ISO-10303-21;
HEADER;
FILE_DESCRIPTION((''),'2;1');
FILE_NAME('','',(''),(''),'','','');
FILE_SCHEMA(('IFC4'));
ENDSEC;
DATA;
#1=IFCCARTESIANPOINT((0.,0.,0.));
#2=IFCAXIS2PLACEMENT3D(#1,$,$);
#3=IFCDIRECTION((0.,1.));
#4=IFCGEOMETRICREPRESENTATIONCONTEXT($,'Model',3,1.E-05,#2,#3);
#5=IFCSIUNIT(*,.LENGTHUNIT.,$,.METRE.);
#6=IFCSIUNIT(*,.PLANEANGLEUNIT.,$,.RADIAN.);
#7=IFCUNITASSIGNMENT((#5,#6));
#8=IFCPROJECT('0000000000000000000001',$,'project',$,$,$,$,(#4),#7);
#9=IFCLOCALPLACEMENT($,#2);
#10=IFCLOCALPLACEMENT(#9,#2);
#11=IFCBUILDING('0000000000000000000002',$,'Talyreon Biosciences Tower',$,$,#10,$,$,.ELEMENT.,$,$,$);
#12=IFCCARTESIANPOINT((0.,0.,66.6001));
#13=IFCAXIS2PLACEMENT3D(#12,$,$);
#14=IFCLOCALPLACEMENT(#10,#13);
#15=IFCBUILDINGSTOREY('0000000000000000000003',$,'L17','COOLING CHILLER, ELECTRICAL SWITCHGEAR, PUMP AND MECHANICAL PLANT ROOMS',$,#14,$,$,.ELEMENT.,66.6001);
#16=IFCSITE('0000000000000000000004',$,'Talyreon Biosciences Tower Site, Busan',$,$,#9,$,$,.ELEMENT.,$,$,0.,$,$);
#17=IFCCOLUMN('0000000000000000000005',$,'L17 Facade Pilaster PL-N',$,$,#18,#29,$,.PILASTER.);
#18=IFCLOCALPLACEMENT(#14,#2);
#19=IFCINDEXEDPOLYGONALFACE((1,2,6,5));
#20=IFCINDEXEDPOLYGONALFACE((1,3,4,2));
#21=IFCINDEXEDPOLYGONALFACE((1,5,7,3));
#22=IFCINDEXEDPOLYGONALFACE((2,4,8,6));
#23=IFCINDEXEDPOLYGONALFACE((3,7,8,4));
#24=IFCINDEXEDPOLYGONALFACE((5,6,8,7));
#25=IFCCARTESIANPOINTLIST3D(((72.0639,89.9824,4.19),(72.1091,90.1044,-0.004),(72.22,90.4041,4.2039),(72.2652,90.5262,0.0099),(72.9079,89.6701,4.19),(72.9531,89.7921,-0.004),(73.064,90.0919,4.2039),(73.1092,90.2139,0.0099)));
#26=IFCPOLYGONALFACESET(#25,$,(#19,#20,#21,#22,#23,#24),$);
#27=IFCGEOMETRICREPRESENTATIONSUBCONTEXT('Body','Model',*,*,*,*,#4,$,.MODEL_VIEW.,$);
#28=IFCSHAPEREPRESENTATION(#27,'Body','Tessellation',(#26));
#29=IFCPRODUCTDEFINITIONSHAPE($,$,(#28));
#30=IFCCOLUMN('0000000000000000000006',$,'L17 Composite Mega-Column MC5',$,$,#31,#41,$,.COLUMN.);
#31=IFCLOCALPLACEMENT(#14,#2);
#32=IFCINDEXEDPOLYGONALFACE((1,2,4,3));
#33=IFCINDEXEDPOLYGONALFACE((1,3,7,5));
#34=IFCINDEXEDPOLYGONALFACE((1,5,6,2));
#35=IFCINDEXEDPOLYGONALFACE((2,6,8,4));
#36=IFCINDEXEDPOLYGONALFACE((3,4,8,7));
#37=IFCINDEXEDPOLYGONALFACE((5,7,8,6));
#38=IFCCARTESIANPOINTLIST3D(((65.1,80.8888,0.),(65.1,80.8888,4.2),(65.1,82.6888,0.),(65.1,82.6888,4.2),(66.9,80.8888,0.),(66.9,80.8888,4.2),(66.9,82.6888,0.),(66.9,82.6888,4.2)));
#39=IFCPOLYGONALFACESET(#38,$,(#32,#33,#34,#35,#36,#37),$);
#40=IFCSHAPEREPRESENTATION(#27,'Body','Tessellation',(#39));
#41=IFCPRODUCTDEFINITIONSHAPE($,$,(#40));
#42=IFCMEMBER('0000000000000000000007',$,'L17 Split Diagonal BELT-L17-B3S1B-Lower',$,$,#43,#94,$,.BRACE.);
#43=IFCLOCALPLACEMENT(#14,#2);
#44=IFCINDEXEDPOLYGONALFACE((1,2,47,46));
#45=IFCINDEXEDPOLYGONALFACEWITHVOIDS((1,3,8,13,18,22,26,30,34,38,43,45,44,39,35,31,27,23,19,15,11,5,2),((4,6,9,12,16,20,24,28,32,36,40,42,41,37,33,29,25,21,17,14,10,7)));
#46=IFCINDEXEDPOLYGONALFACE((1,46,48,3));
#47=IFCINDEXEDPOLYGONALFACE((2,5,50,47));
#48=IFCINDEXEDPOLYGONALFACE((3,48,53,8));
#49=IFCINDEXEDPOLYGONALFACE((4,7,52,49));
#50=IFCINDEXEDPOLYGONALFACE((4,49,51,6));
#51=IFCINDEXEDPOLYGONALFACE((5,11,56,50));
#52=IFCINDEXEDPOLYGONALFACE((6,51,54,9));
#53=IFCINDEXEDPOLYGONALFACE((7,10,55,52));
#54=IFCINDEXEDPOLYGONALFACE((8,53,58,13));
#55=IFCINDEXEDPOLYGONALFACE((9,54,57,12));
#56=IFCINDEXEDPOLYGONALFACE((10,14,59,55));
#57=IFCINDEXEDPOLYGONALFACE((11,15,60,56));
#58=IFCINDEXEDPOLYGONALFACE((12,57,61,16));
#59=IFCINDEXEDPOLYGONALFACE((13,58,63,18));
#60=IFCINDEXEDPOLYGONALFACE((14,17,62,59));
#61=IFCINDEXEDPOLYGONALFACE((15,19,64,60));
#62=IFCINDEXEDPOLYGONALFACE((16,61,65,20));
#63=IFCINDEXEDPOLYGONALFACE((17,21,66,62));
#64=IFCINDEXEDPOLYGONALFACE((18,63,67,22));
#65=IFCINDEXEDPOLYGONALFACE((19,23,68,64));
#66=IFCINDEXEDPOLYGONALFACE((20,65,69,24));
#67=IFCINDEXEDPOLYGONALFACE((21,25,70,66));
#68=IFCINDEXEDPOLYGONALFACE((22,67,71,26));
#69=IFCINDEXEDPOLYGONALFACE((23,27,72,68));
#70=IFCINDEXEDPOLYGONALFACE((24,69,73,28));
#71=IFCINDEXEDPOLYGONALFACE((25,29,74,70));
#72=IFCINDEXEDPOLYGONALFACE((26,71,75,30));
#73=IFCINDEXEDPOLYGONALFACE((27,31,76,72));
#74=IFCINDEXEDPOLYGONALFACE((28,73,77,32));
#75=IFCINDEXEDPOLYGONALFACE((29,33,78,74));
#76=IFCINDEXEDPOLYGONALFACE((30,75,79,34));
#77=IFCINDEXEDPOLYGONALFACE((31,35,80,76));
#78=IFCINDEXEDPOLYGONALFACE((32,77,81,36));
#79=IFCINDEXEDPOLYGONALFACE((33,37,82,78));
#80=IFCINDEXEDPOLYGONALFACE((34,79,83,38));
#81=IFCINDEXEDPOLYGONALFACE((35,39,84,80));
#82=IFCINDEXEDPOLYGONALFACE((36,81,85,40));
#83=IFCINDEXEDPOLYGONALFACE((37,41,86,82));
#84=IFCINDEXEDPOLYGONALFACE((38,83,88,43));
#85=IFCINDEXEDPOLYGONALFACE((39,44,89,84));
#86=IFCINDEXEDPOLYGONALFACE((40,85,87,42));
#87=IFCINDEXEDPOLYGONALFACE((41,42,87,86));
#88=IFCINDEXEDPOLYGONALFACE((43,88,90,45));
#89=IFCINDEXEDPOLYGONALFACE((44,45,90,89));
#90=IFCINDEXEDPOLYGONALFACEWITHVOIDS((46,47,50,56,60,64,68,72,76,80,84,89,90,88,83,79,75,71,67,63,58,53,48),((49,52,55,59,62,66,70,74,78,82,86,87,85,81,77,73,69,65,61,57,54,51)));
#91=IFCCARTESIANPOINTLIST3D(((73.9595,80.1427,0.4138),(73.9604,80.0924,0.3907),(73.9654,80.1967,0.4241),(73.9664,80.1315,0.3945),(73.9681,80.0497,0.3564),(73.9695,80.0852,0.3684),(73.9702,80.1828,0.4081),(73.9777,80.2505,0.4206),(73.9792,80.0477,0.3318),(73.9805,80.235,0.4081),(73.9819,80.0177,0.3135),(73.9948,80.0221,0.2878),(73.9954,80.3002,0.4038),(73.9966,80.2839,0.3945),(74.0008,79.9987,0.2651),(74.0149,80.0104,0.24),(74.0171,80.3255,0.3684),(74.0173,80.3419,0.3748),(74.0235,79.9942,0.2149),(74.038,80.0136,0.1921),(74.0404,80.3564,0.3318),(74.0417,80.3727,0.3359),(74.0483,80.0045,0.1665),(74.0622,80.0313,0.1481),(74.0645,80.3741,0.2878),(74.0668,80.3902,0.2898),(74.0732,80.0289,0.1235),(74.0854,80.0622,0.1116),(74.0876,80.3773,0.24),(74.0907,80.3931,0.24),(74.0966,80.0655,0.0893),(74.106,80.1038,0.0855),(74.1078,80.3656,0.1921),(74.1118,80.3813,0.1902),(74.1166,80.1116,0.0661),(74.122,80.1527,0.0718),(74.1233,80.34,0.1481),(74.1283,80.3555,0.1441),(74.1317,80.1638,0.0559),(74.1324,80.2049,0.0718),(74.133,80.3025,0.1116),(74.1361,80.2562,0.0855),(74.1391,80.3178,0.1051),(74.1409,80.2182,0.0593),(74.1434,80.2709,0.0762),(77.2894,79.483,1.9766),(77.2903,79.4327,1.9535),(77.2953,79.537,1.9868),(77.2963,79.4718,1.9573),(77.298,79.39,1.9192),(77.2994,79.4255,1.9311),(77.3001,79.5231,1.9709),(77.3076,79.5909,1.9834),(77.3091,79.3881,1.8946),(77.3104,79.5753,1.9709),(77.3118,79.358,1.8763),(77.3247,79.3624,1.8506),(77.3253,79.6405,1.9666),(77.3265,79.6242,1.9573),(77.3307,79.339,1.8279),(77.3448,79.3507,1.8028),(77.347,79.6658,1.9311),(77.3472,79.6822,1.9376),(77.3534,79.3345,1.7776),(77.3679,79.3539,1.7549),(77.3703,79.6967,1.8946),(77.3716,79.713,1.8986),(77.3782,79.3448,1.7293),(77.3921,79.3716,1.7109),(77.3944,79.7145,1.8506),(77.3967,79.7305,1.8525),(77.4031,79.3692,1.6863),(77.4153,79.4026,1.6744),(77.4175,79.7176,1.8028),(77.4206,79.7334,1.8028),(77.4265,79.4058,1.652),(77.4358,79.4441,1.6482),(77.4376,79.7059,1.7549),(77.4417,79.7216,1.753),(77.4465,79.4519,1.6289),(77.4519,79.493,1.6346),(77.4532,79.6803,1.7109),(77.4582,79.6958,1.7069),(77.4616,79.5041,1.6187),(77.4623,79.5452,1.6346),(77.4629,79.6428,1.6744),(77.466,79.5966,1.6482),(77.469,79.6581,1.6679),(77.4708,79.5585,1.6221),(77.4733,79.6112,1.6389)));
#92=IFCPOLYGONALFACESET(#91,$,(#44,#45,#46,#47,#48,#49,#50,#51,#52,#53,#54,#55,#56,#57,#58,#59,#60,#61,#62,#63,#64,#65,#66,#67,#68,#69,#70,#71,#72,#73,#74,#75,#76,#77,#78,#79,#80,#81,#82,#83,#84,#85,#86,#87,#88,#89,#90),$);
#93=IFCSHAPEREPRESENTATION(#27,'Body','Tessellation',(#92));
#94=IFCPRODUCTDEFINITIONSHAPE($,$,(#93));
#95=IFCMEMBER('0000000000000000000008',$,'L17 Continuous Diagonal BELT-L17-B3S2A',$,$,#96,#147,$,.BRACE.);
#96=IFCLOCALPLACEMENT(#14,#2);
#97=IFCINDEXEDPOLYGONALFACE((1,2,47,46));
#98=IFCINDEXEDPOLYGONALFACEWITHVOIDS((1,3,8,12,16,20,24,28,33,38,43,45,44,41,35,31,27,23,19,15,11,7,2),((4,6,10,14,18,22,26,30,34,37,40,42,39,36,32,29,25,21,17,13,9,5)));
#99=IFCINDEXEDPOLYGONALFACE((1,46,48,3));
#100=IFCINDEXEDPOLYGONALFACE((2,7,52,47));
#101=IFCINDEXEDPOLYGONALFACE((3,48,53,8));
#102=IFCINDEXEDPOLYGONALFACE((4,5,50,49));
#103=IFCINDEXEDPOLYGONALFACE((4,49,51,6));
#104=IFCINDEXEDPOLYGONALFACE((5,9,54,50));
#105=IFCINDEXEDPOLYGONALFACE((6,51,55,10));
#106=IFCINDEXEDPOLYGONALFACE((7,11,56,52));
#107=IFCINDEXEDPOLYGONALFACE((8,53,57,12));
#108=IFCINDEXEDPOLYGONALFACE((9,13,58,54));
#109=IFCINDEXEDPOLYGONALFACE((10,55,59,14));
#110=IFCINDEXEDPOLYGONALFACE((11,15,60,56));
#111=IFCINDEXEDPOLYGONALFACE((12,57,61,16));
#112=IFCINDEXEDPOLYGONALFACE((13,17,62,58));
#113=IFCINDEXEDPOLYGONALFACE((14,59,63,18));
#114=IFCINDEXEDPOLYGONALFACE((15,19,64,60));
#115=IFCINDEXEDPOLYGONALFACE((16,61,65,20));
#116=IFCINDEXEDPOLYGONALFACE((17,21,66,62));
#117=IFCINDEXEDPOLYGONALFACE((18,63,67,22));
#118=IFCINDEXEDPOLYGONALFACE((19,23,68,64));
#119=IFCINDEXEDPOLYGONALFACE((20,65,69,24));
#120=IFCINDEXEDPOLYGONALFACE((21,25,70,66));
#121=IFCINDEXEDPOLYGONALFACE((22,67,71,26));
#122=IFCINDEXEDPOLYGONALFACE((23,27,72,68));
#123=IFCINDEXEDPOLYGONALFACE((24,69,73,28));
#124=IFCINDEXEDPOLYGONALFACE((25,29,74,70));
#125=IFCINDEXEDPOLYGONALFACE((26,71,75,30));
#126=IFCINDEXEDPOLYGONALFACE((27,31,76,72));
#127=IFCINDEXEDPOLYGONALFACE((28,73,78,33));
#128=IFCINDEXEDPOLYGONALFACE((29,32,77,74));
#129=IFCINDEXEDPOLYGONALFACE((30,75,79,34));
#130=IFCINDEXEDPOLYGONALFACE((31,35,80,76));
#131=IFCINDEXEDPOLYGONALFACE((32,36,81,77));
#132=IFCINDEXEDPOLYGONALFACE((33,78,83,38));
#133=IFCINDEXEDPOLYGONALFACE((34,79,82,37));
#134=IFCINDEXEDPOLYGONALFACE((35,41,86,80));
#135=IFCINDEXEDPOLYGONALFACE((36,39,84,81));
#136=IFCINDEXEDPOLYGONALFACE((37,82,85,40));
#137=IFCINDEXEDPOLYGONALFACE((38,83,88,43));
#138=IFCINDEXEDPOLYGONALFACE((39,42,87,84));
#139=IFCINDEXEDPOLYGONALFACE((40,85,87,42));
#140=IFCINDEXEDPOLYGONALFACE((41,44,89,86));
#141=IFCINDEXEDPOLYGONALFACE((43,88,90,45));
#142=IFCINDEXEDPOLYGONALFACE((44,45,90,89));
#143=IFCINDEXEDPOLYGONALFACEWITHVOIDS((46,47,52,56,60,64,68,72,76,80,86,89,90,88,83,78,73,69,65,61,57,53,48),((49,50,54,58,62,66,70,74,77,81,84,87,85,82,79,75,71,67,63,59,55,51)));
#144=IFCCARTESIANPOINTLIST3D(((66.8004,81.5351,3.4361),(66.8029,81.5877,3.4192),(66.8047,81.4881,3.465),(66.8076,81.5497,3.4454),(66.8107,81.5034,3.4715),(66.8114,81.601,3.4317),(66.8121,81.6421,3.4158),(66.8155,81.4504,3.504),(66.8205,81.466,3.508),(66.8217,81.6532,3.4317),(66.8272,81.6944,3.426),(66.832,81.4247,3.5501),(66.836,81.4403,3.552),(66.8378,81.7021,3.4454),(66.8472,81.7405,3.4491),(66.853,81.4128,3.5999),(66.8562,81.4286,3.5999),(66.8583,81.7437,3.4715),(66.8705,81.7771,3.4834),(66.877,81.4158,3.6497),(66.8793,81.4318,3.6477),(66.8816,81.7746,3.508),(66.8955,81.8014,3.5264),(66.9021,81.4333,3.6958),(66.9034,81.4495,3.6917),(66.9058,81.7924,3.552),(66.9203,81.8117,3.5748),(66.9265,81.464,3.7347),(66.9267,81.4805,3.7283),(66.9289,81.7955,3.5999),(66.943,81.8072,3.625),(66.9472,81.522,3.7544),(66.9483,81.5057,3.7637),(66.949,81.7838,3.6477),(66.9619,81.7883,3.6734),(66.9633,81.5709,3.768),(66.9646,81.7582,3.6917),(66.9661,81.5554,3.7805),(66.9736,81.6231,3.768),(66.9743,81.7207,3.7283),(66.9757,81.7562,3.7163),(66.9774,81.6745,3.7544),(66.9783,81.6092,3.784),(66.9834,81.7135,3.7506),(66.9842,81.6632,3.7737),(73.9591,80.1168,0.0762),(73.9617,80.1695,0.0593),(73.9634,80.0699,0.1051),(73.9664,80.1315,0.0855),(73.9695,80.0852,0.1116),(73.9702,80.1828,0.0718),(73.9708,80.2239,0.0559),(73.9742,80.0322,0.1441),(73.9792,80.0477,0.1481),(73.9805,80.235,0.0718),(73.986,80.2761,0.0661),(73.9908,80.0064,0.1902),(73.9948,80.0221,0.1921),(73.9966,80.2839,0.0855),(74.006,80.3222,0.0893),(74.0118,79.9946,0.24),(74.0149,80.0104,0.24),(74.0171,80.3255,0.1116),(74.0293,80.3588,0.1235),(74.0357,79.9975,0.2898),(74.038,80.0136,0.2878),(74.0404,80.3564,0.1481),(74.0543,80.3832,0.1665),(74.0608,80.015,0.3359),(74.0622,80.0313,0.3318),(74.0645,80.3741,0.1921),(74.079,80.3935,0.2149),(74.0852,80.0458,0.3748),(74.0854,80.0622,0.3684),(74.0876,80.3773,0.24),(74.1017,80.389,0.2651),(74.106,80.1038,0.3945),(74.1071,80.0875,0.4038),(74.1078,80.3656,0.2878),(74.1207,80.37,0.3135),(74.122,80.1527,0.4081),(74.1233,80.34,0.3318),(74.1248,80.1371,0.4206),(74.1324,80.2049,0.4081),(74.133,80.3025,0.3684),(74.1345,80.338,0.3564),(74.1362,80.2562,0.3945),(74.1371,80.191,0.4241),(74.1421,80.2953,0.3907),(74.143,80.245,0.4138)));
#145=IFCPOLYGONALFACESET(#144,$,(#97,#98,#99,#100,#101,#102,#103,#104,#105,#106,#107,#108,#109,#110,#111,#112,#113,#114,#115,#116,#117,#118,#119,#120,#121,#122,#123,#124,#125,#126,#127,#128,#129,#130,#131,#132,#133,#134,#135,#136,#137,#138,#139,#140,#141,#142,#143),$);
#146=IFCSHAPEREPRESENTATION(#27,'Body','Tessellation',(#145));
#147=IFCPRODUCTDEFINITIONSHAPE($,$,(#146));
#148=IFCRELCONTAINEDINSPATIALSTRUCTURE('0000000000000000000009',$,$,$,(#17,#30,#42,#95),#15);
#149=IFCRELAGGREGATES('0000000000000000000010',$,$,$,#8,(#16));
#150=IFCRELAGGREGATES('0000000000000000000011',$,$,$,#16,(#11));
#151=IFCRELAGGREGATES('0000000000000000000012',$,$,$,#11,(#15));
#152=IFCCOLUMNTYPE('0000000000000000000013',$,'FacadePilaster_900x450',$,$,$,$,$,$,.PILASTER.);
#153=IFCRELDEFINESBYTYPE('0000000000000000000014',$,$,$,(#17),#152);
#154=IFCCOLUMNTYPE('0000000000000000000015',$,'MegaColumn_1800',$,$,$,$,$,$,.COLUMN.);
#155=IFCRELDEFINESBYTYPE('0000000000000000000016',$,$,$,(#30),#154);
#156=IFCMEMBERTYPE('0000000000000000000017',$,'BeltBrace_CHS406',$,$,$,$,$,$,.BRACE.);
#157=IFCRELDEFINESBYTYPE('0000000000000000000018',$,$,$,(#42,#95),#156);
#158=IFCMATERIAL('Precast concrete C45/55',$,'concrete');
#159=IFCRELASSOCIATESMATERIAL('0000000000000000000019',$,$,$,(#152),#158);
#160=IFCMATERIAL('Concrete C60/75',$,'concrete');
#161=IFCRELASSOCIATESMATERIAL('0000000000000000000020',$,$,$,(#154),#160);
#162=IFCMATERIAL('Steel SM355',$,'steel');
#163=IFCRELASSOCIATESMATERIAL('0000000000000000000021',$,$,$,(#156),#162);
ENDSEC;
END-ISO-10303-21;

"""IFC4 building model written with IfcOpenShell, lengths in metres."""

from ifc_helpers import new_model, si_unit, direction, frame, origin, origin_2d, place, context, subcontext, project, spatial, rectangle, hollow_circle, extrude, material, material_profile, profile_set, type_object, element, save


model = new_model("IFC4")

# Units and contexts
model_context = context("Model", 3, precision=1e-05, world=origin(), true_north=direction((0.0, 1.0)))
body_context = subcontext(model_context, "Body", "Model", "MODEL_VIEW")
ifc_project = project(units=[si_unit("LENGTHUNIT", "METRE"), si_unit("PLANEANGLEUNIT", "RADIAN")], contexts=[model_context])

# Site, building, storey
site_placement = place(None, origin())
site = spatial("IfcSite", under=ifc_project, at=site_placement, Name="Talyreon Biosciences Tower Site, Busan", CompositionType="ELEMENT", RefElevation=0.0)
building_placement = place(site_placement, origin())
building = spatial("IfcBuilding", under=site, at=building_placement, Name="Talyreon Biosciences Tower", CompositionType="ELEMENT")
storey_placement = place(building_placement, frame((0.0, 0.0, 66.6001)))
storey = spatial("IfcBuildingStorey", under=building, at=storey_placement, Name="L17", Description="COOLING CHILLER, ELECTRICAL SWITCHGEAR, PUMP AND MECHANICAL PLANT ROOMS", CompositionType="ELEMENT", Elevation=66.6001)

# Columns
ifc_material_1 = material(Name="Precast concrete C45/55", Category="concrete")
ifc_material_profile_1 = material_profile(ifc_material_1, rectangle(XDim=0.8999, YDim=0.45, at=origin_2d()), Name="RC 900x450")
ifc_profile_set_1 = profile_set([ifc_material_profile_1], Name="Precast concrete C45/55")
column_type_1 = type_object("IfcColumnType", Name="FacadePilaster_900x450", PredefinedType="PILASTER", material=ifc_profile_set_1)
column_1_placement = place(storey_placement, frame((72.6091, 90.1592, 0.0029), z_axis=(-0.010764, -0.029091, 0.999519), x_axis=(-0.937862, 0.347009, 0.0)))
element("IfcColumn", 1, at=column_1_placement, inside=storey, type_object=column_type_1, Name="L17 Facade Pilaster PL-N", PredefinedType="PILASTER", context=body_context, shape_type="SweptSolid", body=[
    extrude(rectangle(XDim=0.8999, YDim=0.45, at=origin_2d()), origin(), (0.0, 0.0, 1.0), 4.196),
])
ifc_material_2 = material(Name="Concrete C60/75", Category="concrete")
ifc_material_profile_2 = material_profile(ifc_material_2, rectangle(XDim=1.8, YDim=1.8, at=origin_2d()), Name="RC 1800x1800")
ifc_profile_set_2 = profile_set([ifc_material_profile_2], Name="Concrete C60/75")
column_type_2 = type_object("IfcColumnType", Name="MegaColumn_1800", PredefinedType="COLUMN", material=ifc_profile_set_2)
column_2_placement = place(storey_placement, frame((66.0, 81.7888, 0.0), z_axis=(0.0, 0.0, 1.0), x_axis=(1.0, 0.0, 0.0)))
element("IfcColumn", 2, at=column_2_placement, inside=storey, type_object=column_type_2, Name="L17 Composite Mega-Column MC5", PredefinedType="COLUMN", context=body_context, shape_type="SweptSolid", body=[
    extrude(rectangle(XDim=1.8, YDim=1.8, at=origin_2d()), origin(), (0.0, 0.0, 1.0), 4.2),
])

# Members
ifc_material_3 = material(Name="Steel SM355", Category="steel")
ifc_material_profile_3 = material_profile(ifc_material_3, hollow_circle(Radius=0.2031, WallThickness=0.0161, at=origin_2d()), Name="CHS 406.4x16")
ifc_profile_set_3 = profile_set([ifc_material_profile_3], Name="Steel SM355")
member_type_1 = type_object("IfcMemberType", Name="BeltBrace_CHS406", PredefinedType="BRACE", material=ifc_profile_set_3)
member_1_placement = place(storey_placement, frame((74.0513, 80.1938, 0.24), z_axis=(0.891046, -0.176524, 0.418182), x_axis=(0.194332, 0.980936, 0.0)))
element("IfcMember", 3, at=member_1_placement, inside=storey, type_object=member_type_1, Name="L17 Split Diagonal BELT-L17-B3S1B-Lower", PredefinedType="BRACE", context=body_context, shape_type="SweptSolid", body=[
    extrude(hollow_circle(Radius=0.2031, WallThickness=0.0161, at=origin_2d()), origin(), (0.0, 0.0, 1.0), 3.7371),
])
member_2_placement = place(storey_placement, frame((74.0513, 80.1938, 0.24), z_axis=(-0.891038, 0.176524, 0.4182), x_axis=(-0.194334, -0.980935, 0.0)))
element("IfcMember", 4, at=member_2_placement, inside=storey, type_object=member_type_1, Name="L17 Continuous Diagonal BELT-L17-B3S2A", PredefinedType="BRACE", context=body_context, shape_type="SweptSolid", body=[
    extrude(hollow_circle(Radius=0.2031, WallThickness=0.0161, at=origin_2d()), origin(), (0.0, 0.0, 1.0), 8.0342),
])

save(model, "model.ifc")
